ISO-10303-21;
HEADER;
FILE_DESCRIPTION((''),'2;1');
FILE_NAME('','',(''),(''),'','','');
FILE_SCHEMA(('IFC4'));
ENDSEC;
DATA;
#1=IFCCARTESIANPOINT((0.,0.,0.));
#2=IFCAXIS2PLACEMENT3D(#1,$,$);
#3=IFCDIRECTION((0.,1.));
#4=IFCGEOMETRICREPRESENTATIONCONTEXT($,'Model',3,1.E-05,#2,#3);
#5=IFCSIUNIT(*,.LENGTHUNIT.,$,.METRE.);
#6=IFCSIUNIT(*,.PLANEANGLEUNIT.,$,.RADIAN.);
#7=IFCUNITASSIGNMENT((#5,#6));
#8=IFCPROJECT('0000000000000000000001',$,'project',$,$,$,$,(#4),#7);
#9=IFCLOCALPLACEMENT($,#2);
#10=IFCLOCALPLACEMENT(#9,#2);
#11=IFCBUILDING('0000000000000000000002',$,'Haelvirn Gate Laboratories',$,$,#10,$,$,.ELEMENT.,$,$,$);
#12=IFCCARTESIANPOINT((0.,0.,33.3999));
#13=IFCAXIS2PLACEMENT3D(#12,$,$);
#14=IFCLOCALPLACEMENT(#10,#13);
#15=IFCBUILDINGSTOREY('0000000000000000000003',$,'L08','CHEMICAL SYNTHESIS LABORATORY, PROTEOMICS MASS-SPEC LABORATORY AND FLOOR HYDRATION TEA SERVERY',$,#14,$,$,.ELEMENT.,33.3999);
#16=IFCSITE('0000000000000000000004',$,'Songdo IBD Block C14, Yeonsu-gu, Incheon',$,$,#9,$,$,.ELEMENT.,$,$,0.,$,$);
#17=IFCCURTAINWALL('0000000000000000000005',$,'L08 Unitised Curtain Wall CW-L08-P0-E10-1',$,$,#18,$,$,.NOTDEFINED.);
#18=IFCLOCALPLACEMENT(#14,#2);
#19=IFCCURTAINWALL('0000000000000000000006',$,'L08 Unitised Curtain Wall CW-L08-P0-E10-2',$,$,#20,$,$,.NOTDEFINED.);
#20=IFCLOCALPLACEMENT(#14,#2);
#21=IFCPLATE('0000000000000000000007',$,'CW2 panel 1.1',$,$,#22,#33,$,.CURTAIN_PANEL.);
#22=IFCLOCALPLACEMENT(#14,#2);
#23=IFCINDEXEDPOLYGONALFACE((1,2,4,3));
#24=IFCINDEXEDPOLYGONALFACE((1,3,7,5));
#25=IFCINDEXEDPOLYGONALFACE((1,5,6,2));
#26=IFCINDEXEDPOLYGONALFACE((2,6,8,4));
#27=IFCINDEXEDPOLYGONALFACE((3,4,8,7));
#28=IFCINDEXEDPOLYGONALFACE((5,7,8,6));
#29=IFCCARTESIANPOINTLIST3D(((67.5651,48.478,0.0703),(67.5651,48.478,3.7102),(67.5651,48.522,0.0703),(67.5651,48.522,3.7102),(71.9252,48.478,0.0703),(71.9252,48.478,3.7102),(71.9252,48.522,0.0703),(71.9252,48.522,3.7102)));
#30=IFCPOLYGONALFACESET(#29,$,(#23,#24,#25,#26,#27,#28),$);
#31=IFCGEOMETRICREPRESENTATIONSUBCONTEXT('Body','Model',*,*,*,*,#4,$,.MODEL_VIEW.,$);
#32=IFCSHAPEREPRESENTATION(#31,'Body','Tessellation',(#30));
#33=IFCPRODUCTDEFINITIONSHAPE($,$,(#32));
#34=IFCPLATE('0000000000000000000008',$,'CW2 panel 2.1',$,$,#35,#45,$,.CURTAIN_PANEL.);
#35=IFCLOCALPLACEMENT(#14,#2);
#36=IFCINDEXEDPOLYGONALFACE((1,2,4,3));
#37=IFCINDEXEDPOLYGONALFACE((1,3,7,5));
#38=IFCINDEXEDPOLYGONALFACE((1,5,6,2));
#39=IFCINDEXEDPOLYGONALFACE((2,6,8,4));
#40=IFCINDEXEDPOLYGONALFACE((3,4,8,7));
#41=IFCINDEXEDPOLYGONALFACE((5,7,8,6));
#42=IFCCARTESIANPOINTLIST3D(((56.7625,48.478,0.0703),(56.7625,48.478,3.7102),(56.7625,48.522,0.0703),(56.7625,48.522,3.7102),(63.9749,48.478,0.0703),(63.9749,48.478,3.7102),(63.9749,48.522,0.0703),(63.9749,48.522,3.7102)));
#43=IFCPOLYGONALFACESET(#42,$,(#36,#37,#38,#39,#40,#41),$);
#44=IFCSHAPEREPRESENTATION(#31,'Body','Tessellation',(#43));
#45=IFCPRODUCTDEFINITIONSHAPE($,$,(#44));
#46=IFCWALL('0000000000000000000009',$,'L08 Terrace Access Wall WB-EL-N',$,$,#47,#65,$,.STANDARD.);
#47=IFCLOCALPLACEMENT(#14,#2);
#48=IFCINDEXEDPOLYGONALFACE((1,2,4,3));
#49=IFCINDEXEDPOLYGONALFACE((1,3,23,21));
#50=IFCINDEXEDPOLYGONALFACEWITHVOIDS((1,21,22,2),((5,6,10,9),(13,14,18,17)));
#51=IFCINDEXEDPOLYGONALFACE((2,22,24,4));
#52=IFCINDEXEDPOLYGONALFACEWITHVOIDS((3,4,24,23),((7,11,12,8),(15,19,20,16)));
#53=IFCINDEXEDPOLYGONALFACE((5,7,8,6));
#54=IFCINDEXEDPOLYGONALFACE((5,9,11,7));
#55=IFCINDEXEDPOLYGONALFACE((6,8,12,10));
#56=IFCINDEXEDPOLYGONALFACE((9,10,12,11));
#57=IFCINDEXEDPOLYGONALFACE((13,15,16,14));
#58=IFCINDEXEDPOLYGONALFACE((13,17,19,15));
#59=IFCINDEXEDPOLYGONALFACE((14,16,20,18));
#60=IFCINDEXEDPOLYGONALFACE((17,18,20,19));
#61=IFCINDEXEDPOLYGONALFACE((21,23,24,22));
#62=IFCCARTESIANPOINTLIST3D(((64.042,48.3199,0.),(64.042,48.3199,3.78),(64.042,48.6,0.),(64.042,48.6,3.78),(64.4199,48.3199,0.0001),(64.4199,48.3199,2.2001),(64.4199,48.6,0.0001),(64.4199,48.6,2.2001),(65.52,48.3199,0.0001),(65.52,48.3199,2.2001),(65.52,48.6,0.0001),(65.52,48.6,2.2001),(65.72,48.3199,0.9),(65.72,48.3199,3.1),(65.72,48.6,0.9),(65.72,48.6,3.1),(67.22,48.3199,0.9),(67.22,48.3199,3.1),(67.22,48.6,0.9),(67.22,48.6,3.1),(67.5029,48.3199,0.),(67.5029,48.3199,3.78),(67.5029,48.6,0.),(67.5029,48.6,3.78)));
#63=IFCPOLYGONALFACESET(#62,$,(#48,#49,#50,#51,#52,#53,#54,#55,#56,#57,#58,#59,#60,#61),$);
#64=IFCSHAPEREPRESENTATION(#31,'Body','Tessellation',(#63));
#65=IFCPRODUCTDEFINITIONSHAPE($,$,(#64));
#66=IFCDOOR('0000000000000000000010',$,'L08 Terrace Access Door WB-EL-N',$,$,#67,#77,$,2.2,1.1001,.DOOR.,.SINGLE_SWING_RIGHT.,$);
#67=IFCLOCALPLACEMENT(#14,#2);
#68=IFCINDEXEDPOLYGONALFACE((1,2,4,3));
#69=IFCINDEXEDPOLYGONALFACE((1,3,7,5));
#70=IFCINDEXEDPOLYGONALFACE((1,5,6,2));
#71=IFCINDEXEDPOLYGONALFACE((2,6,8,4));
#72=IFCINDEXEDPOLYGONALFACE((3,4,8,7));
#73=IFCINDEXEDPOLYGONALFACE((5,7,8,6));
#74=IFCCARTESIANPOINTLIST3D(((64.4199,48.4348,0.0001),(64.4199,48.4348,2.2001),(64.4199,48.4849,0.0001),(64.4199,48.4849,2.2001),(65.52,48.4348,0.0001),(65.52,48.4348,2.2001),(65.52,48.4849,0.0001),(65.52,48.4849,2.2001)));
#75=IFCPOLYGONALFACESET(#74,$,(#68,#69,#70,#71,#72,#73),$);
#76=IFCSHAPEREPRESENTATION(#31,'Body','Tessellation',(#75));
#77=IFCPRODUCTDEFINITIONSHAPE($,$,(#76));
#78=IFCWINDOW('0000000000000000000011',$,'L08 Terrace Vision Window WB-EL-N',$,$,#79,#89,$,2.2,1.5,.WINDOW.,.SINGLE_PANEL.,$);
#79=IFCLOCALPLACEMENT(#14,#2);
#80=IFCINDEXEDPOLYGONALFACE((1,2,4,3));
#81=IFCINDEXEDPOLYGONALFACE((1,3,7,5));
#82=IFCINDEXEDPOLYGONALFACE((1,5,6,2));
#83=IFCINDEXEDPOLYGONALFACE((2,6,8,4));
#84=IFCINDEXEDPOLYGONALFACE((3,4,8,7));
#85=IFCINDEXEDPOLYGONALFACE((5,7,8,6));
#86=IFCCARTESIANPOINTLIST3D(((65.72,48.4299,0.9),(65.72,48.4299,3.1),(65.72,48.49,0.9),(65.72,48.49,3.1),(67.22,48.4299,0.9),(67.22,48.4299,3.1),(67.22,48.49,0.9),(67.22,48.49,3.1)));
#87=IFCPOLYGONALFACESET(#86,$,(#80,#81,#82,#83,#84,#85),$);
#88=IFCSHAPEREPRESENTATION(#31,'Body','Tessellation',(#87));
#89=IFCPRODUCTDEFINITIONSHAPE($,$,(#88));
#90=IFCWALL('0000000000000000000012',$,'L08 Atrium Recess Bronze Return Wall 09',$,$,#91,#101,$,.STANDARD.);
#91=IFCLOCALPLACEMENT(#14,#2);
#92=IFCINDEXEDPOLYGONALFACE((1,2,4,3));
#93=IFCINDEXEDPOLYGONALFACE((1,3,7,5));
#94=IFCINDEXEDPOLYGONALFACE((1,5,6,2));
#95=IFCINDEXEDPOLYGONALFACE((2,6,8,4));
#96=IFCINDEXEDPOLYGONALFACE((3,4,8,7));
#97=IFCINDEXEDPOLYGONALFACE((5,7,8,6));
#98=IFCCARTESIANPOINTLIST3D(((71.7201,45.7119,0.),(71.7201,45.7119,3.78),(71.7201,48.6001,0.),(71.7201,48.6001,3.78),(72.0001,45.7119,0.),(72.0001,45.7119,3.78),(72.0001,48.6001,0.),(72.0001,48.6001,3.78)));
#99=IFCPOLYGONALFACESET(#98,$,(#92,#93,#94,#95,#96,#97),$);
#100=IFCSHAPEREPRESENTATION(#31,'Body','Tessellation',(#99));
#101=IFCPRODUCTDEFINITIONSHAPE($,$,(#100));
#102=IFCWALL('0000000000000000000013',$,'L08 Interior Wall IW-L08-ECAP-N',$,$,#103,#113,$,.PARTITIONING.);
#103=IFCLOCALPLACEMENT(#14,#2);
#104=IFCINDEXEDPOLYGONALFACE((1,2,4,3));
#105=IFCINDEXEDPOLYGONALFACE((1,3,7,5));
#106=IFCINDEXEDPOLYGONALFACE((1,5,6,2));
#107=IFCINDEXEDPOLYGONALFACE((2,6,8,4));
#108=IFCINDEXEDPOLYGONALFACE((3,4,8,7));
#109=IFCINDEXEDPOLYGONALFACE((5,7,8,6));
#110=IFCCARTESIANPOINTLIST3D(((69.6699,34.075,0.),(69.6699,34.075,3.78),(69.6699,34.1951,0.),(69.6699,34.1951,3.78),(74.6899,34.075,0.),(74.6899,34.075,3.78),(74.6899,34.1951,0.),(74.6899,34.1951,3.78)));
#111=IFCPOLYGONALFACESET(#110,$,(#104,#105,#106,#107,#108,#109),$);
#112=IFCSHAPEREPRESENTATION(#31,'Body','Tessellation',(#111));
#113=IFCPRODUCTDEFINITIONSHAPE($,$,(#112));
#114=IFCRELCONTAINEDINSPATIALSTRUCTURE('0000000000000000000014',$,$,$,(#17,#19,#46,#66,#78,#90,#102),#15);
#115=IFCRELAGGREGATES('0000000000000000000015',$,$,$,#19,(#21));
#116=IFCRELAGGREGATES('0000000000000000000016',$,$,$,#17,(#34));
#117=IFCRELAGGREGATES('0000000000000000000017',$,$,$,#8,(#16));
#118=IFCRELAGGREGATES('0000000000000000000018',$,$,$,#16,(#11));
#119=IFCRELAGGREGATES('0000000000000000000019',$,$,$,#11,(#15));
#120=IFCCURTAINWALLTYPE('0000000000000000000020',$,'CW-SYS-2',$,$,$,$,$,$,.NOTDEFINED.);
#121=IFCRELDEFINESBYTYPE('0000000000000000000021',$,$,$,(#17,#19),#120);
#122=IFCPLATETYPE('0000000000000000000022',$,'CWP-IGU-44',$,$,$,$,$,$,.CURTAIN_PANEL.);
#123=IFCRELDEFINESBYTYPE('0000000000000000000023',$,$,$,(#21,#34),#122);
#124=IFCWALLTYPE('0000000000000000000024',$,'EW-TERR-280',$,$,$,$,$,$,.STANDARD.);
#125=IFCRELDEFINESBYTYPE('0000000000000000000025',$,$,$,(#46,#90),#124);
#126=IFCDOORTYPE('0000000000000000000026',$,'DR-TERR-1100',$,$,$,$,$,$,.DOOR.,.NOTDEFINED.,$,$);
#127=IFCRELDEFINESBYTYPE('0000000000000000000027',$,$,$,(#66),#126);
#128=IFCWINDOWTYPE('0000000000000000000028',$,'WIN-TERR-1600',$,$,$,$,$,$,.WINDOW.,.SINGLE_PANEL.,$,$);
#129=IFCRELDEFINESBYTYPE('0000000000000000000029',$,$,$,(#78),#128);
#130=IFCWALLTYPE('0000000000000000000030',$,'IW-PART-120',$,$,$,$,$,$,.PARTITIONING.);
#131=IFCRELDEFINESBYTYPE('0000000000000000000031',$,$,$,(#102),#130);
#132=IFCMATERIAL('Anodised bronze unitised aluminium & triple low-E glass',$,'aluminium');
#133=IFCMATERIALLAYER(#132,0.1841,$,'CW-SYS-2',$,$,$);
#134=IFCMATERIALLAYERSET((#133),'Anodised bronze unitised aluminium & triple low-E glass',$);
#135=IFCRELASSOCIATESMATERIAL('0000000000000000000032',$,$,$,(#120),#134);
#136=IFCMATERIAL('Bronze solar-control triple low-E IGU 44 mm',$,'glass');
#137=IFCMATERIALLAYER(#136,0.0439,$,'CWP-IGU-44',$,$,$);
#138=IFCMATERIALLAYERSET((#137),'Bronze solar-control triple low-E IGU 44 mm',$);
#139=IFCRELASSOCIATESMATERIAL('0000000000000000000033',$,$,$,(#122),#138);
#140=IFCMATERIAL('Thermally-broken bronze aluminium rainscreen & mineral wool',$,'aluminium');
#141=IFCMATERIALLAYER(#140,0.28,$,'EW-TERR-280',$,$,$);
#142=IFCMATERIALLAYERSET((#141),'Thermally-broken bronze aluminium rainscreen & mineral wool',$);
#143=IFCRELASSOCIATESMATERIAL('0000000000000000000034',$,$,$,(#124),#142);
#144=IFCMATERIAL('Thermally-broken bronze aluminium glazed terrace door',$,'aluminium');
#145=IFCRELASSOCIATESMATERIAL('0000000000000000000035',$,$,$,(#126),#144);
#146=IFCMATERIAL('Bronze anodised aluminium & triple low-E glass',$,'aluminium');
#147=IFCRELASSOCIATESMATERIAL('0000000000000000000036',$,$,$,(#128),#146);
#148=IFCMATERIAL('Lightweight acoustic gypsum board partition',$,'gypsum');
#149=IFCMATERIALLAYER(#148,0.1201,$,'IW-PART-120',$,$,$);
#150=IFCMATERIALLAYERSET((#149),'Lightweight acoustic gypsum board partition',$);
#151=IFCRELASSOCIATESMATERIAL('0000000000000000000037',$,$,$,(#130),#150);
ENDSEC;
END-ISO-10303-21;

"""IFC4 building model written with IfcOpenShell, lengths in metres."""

from ifc_helpers import new_model, si_unit, direction, frame, frame_2d, origin, origin_2d, place, context, subcontext, project, spatial, rectangle, extrude, source, transform, mapped, material, layer, layer_set, type_object, type_shapes, element, fill, aggregate, save


model = new_model("IFC4")

# Units and contexts
model_context = context("Model", 3, precision=1e-05, world=origin(), true_north=direction((0.0, 1.0)))
body_context = subcontext(model_context, "Body", "Model", "MODEL_VIEW")
ifc_project = project(units=[si_unit("LENGTHUNIT", "METRE"), si_unit("PLANEANGLEUNIT", "RADIAN")], contexts=[model_context])

# Site, building, storey
site_placement = place(None, origin())
site = spatial("IfcSite", under=ifc_project, at=site_placement, Name="Songdo IBD Block C14, Yeonsu-gu, Incheon", CompositionType="ELEMENT", RefElevation=0.0)
building_placement = place(site_placement, origin())
building = spatial("IfcBuilding", under=site, at=building_placement, Name="Haelvirn Gate Laboratories", CompositionType="ELEMENT")
storey_placement = place(building_placement, frame((0.0, 0.0, 33.3999)))
storey = spatial("IfcBuildingStorey", under=building, at=storey_placement, Name="L08", Description="CHEMICAL SYNTHESIS LABORATORY, PROTEOMICS MASS-SPEC LABORATORY AND FLOOR HYDRATION TEA SERVERY", CompositionType="ELEMENT", Elevation=33.3999)

# Shared definitions
ifc_material_1 = material(Name="Anodised bronze unitised aluminium & triple low-E glass", Category="aluminium")
ifc_layer_1 = layer(ifc_material_1, 0.1841, Name="CW-SYS-2")
ifc_layer_set_1 = layer_set([ifc_layer_1], Name="Anodised bronze unitised aluminium & triple low-E glass")
curtain_wall_type_1 = type_object("IfcCurtainWallType", Name="CW-SYS-2", PredefinedType="NOTDEFINED", material=ifc_layer_set_1)

# Curtain walls
curtain_wall_1_placement = place(storey_placement, origin())
curtain_wall_1 = element("IfcCurtainWall", 1, at=curtain_wall_1_placement, inside=storey, type_object=curtain_wall_type_1, Name="L08 Unitised Curtain Wall CW-L08-P0-E10-1", PredefinedType="NOTDEFINED")
curtain_wall_2_placement = place(storey_placement, origin())
curtain_wall_2 = element("IfcCurtainWall", 2, at=curtain_wall_2_placement, inside=storey, type_object=curtain_wall_type_1, Name="L08 Unitised Curtain Wall CW-L08-P0-E10-2", PredefinedType="NOTDEFINED")

# Plates
ifc_material_2 = material(Name="Bronze solar-control triple low-E IGU 44 mm", Category="glass")
ifc_layer_2 = layer(ifc_material_2, 0.0439, Name="CWP-IGU-44")
ifc_layer_set_2 = layer_set([ifc_layer_2], Name="Bronze solar-control triple low-E IGU 44 mm")
plate_type_1 = type_object("IfcPlateType", Name="CWP-IGU-44", PredefinedType="CURTAIN_PANEL", material=ifc_layer_set_2)
shared_shape_1 = source(origin(), body_context, "Body", "SweptSolid", [
    extrude(rectangle(XDim=4.3601, YDim=0.0439, at=origin_2d()), origin(), (0.0, 0.0, 1.0), 3.6399),
])
plate_1_placement = place(storey_placement, frame((69.7451, 48.5, 0.0703), z_axis=(0.0, 0.0, 1.0), x_axis=(1.0, 0.0, 0.0)))
plate_1 = element("IfcPlate", 3, at=plate_1_placement, type_object=plate_type_1, Name="CW2 panel 1.1", PredefinedType="CURTAIN_PANEL", context=body_context, shape_type="MappedRepresentation", body=[
    mapped(shared_shape_1, transform((0.0, 0.0, 0.0), scale=1.0)),
])
aggregate(curtain_wall_2, [plate_1])
shared_shape_2 = source(origin(), body_context, "Body", "SweptSolid", [
    extrude(rectangle(XDim=7.2124, YDim=0.0439, at=origin_2d()), origin(), (0.0, 0.0, 1.0), 3.6399),
])
plate_2_placement = place(storey_placement, frame((60.3687, 48.5, 0.0703), z_axis=(0.0, 0.0, 1.0), x_axis=(1.0, 0.0, 0.0)))
plate_2 = element("IfcPlate", 4, at=plate_2_placement, type_object=plate_type_1, Name="CW2 panel 2.1", PredefinedType="CURTAIN_PANEL", context=body_context, shape_type="MappedRepresentation", body=[
    mapped(shared_shape_2, transform((0.0, 0.0, 0.0), scale=1.0)),
])
aggregate(curtain_wall_1, [plate_2])

# Wall, openings, door, window
ifc_material_3 = material(Name="Thermally-broken bronze aluminium rainscreen & mineral wool", Category="aluminium")
ifc_layer_3 = layer(ifc_material_3, 0.28, Name="EW-TERR-280")
ifc_layer_set_3 = layer_set([ifc_layer_3], Name="Thermally-broken bronze aluminium rainscreen & mineral wool")
wall_type_1 = type_object("IfcWallType", Name="EW-TERR-280", PredefinedType="STANDARD", material=ifc_layer_set_3)
wall_1_placement = place(storey_placement, frame((64.042, 48.46, 0.0), z_axis=(0.0, 0.0, 1.0), x_axis=(1.0, 0.0, 0.0)))
wall_1 = element("IfcWall", 5, at=wall_1_placement, inside=storey, type_object=wall_type_1, Name="L08 Terrace Access Wall WB-EL-N", PredefinedType="STANDARD", context=body_context, shape_type="SweptSolid", body=[
    extrude(rectangle(XDim=3.4609, YDim=0.28, at=frame_2d((1.7305, 0.0))), origin(), (0.0, 0.0, 1.0), 3.78),
])
opening_1_placement = place(wall_1_placement, frame((0.3779, 0.0, 0.0)))
opening_1 = element("IfcOpeningElement", 6, at=opening_1_placement, cuts=wall_1, PredefinedType="OPENING", context=body_context, shape_type="SweptSolid", body=[
    extrude(rectangle(XDim=1.1001, YDim=2.2, at=frame_2d((0.55, 1.1001))), frame((0.0, 0.1499, 0.0), z_axis=(0.0, -1.0, 0.0), x_axis=(1.0, 0.0, 0.0)), (0.0, 0.0, 1.0), 0.3),
])
opening_2_placement = place(wall_1_placement, frame((1.678, 0.0, 0.8999)))
opening_2 = element("IfcOpeningElement", 7, at=opening_2_placement, cuts=wall_1, PredefinedType="OPENING", context=body_context, shape_type="SweptSolid", body=[
    extrude(rectangle(XDim=1.5, YDim=2.2, at=frame_2d((0.75, 1.1001))), frame((0.0, 0.1499, 0.0), z_axis=(0.0, -1.0, 0.0), x_axis=(1.0, 0.0, 0.0)), (0.0, 0.0, 1.0), 0.3),
])
ifc_material_4 = material(Name="Thermally-broken bronze aluminium glazed terrace door", Category="aluminium")
door_type = type_object("IfcDoorType", Name="DR-TERR-1100", OperationType="NOTDEFINED", PredefinedType="DOOR", material=ifc_material_4)
shared_shape_3 = source(origin(), body_context, "Body", "SweptSolid", [
    extrude(rectangle(XDim=1.1001, YDim=2.2, at=frame_2d((0.55, 1.1001))), frame((0.0, 0.0249, 0.0), z_axis=(0.0, -1.0, 0.0), x_axis=(1.0, 0.0, 0.0)), (0.0, 0.0, 1.0), 0.05),
])
type_shapes(door_type, [shared_shape_3])
door_placement = place(opening_1_placement, origin())
door = element("IfcDoor", 8, at=door_placement, inside=storey, type_object=door_type, Name="L08 Terrace Access Door WB-EL-N", OperationType="SINGLE_SWING_RIGHT", OverallHeight=2.2, OverallWidth=1.1001, PredefinedType="DOOR", context=body_context, shape_type="MappedRepresentation", body=[
    mapped(shared_shape_3, transform((0.0, 0.0, 0.0), scale=1.0)),
])
fill(opening_1, door)
ifc_material_5 = material(Name="Bronze anodised aluminium & triple low-E glass", Category="aluminium")
window_type = type_object("IfcWindowType", Name="WIN-TERR-1600", PartitioningType="SINGLE_PANEL", PredefinedType="WINDOW", material=ifc_material_5)
shared_shape_4 = source(origin(), body_context, "Body", "SweptSolid", [
    extrude(rectangle(XDim=1.5, YDim=2.2, at=frame_2d((0.75, 1.1001))), frame((0.0, 0.03, 0.0), z_axis=(0.0, -1.0, 0.0), x_axis=(1.0, 0.0, 0.0)), (0.0, 0.0, 1.0), 0.0601),
])
type_shapes(window_type, [shared_shape_4])
window_placement = place(opening_2_placement, origin())
window = element("IfcWindow", 9, at=window_placement, inside=storey, type_object=window_type, Name="L08 Terrace Vision Window WB-EL-N", OverallHeight=2.2, OverallWidth=1.5, PartitioningType="SINGLE_PANEL", PredefinedType="WINDOW", context=body_context, shape_type="MappedRepresentation", body=[
    mapped(shared_shape_4, transform((0.0, 0.0, 0.0), scale=1.0)),
])
fill(opening_2, window)

# Walls
wall_2_placement = place(storey_placement, frame((71.8601, 45.7119, 0.0), z_axis=(0.0, 0.0, 1.0), x_axis=(0.0, 1.0, 0.0)))
element("IfcWall", 10, at=wall_2_placement, inside=storey, type_object=wall_type_1, Name="L08 Atrium Recess Bronze Return Wall 09", PredefinedType="STANDARD", context=body_context, shape_type="SweptSolid", body=[
    extrude(rectangle(XDim=2.8882, YDim=0.28, at=frame_2d((1.4441, 0.0))), origin(), (0.0, 0.0, 1.0), 3.78),
])
ifc_material_6 = material(Name="Lightweight acoustic gypsum board partition", Category="gypsum")
ifc_layer_4 = layer(ifc_material_6, 0.1201, Name="IW-PART-120")
ifc_layer_set_4 = layer_set([ifc_layer_4], Name="Lightweight acoustic gypsum board partition")
wall_type_2 = type_object("IfcWallType", Name="IW-PART-120", PredefinedType="PARTITIONING", material=ifc_layer_set_4)
wall_3_placement = place(storey_placement, frame((69.6699, 34.135, 0.0), z_axis=(0.0, 0.0, 1.0), x_axis=(1.0, 0.0, 0.0)))
element("IfcWall", 11, at=wall_3_placement, inside=storey, type_object=wall_type_2, Name="L08 Interior Wall IW-L08-ECAP-N", PredefinedType="PARTITIONING", context=body_context, shape_type="SweptSolid", body=[
    extrude(rectangle(XDim=5.02, YDim=0.1201, at=frame_2d((2.51, 0.0))), origin(), (0.0, 0.0, 1.0), 3.78),
])

save(model, "model.ifc")
